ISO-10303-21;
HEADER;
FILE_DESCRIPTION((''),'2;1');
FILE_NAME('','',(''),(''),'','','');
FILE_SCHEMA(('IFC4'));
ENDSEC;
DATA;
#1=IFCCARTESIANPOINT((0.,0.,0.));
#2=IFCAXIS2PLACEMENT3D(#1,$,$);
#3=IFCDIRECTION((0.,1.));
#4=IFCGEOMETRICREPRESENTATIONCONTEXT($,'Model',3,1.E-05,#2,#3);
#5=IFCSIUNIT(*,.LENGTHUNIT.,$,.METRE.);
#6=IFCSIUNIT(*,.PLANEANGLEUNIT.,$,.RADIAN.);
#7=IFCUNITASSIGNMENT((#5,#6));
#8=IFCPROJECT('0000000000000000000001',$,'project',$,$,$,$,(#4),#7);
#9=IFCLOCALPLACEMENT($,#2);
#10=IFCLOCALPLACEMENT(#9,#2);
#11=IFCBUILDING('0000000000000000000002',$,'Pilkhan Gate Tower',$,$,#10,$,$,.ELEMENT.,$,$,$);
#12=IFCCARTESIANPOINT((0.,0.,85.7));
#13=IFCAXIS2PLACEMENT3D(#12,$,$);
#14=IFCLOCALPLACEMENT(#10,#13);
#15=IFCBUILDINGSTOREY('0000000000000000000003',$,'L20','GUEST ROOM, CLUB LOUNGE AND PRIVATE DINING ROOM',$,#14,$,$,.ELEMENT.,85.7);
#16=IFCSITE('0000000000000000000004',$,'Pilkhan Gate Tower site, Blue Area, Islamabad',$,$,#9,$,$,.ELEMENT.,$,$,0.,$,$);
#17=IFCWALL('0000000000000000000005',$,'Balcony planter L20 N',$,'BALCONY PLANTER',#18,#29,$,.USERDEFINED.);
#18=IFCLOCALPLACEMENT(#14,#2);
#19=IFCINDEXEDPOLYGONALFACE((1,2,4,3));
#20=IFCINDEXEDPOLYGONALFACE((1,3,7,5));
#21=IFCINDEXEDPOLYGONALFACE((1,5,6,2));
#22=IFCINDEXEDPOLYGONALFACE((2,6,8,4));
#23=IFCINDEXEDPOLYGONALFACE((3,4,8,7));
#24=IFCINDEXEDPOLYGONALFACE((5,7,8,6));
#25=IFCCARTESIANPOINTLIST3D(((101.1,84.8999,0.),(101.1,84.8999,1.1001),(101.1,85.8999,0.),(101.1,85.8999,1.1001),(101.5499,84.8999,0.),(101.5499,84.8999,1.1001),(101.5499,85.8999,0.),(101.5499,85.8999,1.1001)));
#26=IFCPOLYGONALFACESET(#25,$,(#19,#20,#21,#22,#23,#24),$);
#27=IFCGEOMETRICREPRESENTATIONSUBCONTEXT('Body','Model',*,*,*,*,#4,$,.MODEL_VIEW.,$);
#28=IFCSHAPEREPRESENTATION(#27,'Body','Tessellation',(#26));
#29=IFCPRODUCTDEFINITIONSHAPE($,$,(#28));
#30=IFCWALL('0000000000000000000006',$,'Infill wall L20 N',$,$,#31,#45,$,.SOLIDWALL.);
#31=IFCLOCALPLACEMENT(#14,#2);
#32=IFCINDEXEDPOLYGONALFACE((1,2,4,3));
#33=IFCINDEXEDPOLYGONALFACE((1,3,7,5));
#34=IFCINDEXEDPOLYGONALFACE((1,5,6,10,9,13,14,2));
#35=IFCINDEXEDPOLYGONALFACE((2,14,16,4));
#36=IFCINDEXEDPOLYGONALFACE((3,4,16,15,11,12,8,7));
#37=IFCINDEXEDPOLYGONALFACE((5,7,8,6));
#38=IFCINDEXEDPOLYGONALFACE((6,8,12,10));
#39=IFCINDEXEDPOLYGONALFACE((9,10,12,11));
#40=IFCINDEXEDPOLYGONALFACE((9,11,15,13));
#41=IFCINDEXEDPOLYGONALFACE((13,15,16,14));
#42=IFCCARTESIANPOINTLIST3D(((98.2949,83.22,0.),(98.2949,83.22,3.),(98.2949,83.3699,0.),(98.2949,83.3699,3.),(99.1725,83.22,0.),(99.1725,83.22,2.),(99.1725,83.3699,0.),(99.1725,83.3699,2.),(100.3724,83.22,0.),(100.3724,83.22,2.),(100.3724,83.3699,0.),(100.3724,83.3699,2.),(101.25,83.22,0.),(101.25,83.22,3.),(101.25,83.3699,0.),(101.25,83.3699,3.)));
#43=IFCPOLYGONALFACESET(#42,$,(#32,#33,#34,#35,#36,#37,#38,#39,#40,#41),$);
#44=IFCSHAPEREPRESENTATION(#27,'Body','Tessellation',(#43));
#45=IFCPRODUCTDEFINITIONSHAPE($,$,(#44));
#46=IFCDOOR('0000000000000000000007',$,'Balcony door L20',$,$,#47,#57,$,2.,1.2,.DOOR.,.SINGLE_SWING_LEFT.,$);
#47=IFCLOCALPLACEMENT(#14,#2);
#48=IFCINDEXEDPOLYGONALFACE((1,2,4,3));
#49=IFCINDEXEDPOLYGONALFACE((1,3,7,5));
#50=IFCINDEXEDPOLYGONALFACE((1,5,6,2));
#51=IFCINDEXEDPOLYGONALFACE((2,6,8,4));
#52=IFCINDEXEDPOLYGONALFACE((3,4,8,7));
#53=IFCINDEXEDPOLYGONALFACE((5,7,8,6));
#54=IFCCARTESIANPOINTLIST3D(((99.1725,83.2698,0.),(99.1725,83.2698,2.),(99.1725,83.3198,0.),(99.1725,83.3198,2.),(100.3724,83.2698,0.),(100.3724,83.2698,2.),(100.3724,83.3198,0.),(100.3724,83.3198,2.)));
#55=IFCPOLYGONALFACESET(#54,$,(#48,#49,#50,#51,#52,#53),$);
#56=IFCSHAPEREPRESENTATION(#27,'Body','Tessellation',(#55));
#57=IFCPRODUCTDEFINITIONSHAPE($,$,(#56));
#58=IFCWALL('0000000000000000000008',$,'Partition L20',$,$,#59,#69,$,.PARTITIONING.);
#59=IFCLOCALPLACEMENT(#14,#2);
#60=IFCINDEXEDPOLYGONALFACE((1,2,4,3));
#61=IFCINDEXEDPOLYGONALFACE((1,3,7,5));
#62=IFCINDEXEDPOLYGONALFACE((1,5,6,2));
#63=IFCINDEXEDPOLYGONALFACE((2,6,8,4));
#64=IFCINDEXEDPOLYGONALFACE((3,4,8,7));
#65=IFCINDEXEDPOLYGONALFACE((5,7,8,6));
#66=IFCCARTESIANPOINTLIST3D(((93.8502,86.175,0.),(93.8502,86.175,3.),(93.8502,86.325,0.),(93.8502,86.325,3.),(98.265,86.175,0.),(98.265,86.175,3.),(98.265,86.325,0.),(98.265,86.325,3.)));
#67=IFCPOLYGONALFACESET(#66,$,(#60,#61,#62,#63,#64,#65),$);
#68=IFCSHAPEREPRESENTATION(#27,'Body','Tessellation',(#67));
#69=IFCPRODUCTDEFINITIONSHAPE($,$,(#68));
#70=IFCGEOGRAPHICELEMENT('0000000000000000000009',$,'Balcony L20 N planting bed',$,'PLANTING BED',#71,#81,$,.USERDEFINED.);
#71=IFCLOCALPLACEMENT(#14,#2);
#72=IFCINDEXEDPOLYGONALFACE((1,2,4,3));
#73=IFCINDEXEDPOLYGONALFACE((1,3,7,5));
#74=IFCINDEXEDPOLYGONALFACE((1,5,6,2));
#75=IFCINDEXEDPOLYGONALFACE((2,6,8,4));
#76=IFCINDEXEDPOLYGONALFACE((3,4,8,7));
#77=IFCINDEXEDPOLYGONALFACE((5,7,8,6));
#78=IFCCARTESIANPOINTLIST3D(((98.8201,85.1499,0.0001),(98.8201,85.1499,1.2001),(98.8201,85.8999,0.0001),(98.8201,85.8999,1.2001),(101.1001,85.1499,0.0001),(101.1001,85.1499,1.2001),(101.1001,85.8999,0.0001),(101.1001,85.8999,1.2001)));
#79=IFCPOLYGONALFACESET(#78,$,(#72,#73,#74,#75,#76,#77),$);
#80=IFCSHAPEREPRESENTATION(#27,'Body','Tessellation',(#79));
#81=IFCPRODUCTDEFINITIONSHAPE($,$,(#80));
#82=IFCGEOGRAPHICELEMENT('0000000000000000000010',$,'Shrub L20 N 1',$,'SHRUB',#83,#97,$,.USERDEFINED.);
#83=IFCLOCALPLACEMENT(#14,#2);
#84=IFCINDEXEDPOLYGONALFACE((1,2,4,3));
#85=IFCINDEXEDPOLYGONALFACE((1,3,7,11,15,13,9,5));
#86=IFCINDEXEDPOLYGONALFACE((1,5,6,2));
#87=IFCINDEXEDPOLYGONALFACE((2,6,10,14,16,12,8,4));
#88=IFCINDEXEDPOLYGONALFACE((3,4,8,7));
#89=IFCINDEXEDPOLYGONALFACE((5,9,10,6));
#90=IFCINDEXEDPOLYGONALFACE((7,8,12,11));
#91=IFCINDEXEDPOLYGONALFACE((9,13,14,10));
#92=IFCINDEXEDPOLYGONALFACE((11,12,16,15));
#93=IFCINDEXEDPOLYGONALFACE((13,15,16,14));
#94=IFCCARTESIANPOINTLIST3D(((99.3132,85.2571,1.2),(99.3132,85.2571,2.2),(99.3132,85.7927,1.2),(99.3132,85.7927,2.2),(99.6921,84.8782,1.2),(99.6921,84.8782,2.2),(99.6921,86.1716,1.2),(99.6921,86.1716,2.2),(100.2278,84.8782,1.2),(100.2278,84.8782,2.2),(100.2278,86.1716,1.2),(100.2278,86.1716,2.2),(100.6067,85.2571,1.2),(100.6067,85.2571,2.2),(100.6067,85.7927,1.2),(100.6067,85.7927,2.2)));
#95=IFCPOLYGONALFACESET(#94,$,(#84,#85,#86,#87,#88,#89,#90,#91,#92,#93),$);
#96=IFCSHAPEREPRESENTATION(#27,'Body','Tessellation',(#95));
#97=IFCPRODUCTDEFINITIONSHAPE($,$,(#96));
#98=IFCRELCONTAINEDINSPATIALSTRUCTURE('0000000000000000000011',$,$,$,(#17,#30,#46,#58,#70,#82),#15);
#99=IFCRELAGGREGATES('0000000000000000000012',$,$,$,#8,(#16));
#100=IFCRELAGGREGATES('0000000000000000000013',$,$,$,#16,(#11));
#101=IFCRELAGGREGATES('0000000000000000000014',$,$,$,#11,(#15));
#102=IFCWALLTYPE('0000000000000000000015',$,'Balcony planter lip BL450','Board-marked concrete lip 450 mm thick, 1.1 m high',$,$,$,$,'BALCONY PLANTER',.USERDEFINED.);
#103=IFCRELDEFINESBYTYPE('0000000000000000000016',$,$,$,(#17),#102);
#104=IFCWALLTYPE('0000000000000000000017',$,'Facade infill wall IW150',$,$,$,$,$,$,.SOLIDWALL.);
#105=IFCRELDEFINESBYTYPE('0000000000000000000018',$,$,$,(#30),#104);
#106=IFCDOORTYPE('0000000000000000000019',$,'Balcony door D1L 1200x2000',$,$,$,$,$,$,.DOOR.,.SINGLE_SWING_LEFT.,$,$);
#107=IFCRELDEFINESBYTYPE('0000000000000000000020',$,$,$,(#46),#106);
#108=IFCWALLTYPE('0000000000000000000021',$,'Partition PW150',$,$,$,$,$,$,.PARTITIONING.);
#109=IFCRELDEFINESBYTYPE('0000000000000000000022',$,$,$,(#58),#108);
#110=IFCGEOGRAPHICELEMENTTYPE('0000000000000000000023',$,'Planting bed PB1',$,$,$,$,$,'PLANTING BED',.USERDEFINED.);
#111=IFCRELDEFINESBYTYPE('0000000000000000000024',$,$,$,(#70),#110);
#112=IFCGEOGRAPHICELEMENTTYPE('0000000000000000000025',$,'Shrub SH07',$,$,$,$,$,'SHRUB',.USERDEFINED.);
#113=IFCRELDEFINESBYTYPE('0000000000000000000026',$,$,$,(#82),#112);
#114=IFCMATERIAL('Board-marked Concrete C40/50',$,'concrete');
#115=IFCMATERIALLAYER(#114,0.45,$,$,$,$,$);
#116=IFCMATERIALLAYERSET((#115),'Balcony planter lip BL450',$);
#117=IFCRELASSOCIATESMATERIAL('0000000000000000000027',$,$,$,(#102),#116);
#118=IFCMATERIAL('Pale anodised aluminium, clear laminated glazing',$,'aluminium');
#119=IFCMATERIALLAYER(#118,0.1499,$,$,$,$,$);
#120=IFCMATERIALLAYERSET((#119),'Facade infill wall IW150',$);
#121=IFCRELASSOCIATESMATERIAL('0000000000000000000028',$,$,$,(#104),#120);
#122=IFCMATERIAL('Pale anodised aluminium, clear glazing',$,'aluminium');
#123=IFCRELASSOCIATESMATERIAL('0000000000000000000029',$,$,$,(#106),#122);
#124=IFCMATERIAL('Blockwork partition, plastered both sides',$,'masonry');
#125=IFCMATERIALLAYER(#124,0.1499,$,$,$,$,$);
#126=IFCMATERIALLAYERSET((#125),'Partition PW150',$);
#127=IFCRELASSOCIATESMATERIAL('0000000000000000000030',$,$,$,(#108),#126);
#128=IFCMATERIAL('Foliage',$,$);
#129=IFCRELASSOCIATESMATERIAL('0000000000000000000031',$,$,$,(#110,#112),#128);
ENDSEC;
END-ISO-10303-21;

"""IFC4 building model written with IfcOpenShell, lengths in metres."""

from ifc_helpers import new_model, si_unit, direction, frame, frame_2d, origin, origin_2d, place, context, subcontext, project, spatial, polyline, rectangle, outline, extrude, material, layer, layer_set, material_profile, profile_set, type_object, element, fill, save


model = new_model("IFC4")

# Units and contexts
model_context = context("Model", 3, precision=1e-05, world=origin(), true_north=direction((0.0, 1.0)))
body_context = subcontext(model_context, "Body", "Model", "MODEL_VIEW")
ifc_project = project(units=[si_unit("LENGTHUNIT", "METRE"), si_unit("PLANEANGLEUNIT", "RADIAN")], contexts=[model_context])

# Site, building, storey
site_placement = place(None, origin())
site = spatial("IfcSite", under=ifc_project, at=site_placement, Name="Pilkhan Gate Tower site, Blue Area, Islamabad", CompositionType="ELEMENT", RefElevation=0.0)
building_placement = place(site_placement, origin())
building = spatial("IfcBuilding", under=site, at=building_placement, Name="Pilkhan Gate Tower", CompositionType="ELEMENT")
storey_placement = place(building_placement, frame((0.0, 0.0, 85.7)))
storey = spatial("IfcBuildingStorey", under=building, at=storey_placement, Name="L20", Description="GUEST ROOM, CLUB LOUNGE AND PRIVATE DINING ROOM", CompositionType="ELEMENT", Elevation=85.7)

# Wall
ifc_material_1 = material(Name="Board-marked Concrete C40/50", Category="concrete")
ifc_layer_1 = layer(ifc_material_1, 0.45)
ifc_layer_set_1 = layer_set([ifc_layer_1], Name="Balcony planter lip BL450")
wall_type_1 = type_object("IfcWallType", Name="Balcony planter lip BL450", Description="Board-marked concrete lip 450 mm thick, 1.1 m high", ElementType="BALCONY PLANTER", PredefinedType="USERDEFINED", material=ifc_layer_set_1)
for number, where, z_axis, x_axis, name in (
    (1, (101.325, 84.8999, 0.0), (0.0, 0.0, 1.0), (0.0, 1.0, 0.0), "Balcony planter L20 N"),
):
    element("IfcWall", number, at=place(storey_placement, frame(where, z_axis=z_axis, x_axis=x_axis)), inside=storey, type_object=wall_type_1, Name=name, ObjectType="BALCONY PLANTER", PredefinedType="USERDEFINED", context=body_context, shape_type="SweptSolid", body=[
        extrude(rectangle(XDim=1.0, YDim=0.45, at=frame_2d((0.5, 0.0))), origin(), (0.0, 0.0, 1.0), 1.1001),
    ])

# Wall, opening, door
ifc_material_2 = material(Name="Pale anodised aluminium, clear laminated glazing", Category="aluminium")
ifc_layer_2 = layer(ifc_material_2, 0.1499)
ifc_layer_set_2 = layer_set([ifc_layer_2], Name="Facade infill wall IW150")
wall_type_2 = type_object("IfcWallType", Name="Facade infill wall IW150", PredefinedType="SOLIDWALL", material=ifc_layer_set_2)
wall_1_placement = place(storey_placement, frame((98.2949, 83.2949, 0.0), z_axis=(0.0, 0.0, 1.0), x_axis=(1.0, 0.0, 0.0)))
wall_1 = element("IfcWall", 2, at=wall_1_placement, inside=storey, type_object=wall_type_2, Name="Infill wall L20 N", PredefinedType="SOLIDWALL", context=body_context, shape_type="SweptSolid", body=[
    extrude(rectangle(XDim=2.9551, YDim=0.1499, at=frame_2d((1.4775, 0.0))), origin(), (0.0, 0.0, 1.0), 3.0),
])
opening_placement = place(wall_1_placement, frame((0.8774, 0.0, 0.0)))
opening = element("IfcOpeningElement", 3, at=opening_placement, cuts=wall_1, PredefinedType="OPENING", context=body_context, shape_type="SweptSolid", body=[
    extrude(rectangle(XDim=1.2, YDim=2.0, at=frame_2d((0.6001, 1.0))), frame((0.0, 0.085, 0.0), z_axis=(0.0, -1.0, 0.0), x_axis=(1.0, 0.0, 0.0)), (0.0, 0.0, 1.0), 0.1699),
])
ifc_material_3 = material(Name="Pale anodised aluminium, clear glazing", Category="aluminium")
door_type = type_object("IfcDoorType", Name="Balcony door D1L 1200x2000", OperationType="SINGLE_SWING_LEFT", PredefinedType="DOOR", material=ifc_material_3)
door_placement = place(opening_placement, origin())
door = element("IfcDoor", 4, at=door_placement, inside=storey, type_object=door_type, Name="Balcony door L20", OperationType="SINGLE_SWING_LEFT", OverallHeight=2.0, OverallWidth=1.2, PredefinedType="DOOR", context=body_context, shape_type="SweptSolid", body=[
    extrude(rectangle(XDim=1.2, YDim=2.0, at=frame_2d((0.6001, 1.0))), frame((0.0, 0.0249, 0.0), z_axis=(0.0, -1.0, 0.0), x_axis=(1.0, 0.0, 0.0)), (0.0, 0.0, 1.0), 0.05),
])
fill(opening, door)

# Wall
ifc_material_4 = material(Name="Blockwork partition, plastered both sides", Category="masonry")
ifc_layer_3 = layer(ifc_material_4, 0.1499)
ifc_layer_set_3 = layer_set([ifc_layer_3], Name="Partition PW150")
wall_type_3 = type_object("IfcWallType", Name="Partition PW150", PredefinedType="PARTITIONING", material=ifc_layer_set_3)
wall_2_placement = place(storey_placement, frame((93.8501, 86.25, 0.0), z_axis=(0.0, 0.0, 1.0), x_axis=(1.0, 0.0, 0.0)))
element("IfcWall", 5, at=wall_2_placement, inside=storey, type_object=wall_type_3, Name="Partition L20", PredefinedType="PARTITIONING", context=body_context, shape_type="SweptSolid", body=[
    extrude(rectangle(XDim=4.4148, YDim=0.1499, at=frame_2d((2.2075, 0.0))), origin(), (0.0, 0.0, 1.0), 3.0),
])

# Geographic elements
ifc_material_5 = material(Name="Foliage")
ifc_material_profile_1 = material_profile(ifc_material_5, rectangle(XDim=0.75, YDim=1.2, at=origin_2d()), Name="Bed 750x1200")
ifc_profile_set_1 = profile_set([ifc_material_profile_1], Name="Foliage")
geographic_element_type_1 = type_object("IfcGeographicElementType", Name="Planting bed PB1", ElementType="PLANTING BED", PredefinedType="USERDEFINED", material=ifc_profile_set_1)
geographic_element_1_placement = place(storey_placement, frame((98.8201, 85.5249, 0.6001), z_axis=(1.0, 0.0, 0.0), x_axis=(0.0, 1.0, 0.0)))
element("IfcGeographicElement", 6, at=geographic_element_1_placement, inside=storey, type_object=geographic_element_type_1, Name="Balcony L20 N planting bed", ObjectType="PLANTING BED", PredefinedType="USERDEFINED", context=body_context, shape_type="SweptSolid", body=[
    extrude(rectangle(XDim=0.75, YDim=1.2, at=origin_2d()), origin(), (0.0, 0.0, 1.0), 2.28),
])
ifc_material_profile_2 = material_profile(ifc_material_5, outline(polyline([(0.6467, 0.2678), (0.2678, 0.6467), (-0.2678, 0.6467), (-0.6467, 0.2678), (-0.6467, -0.2678), (-0.2678, -0.6467), (0.2678, -0.6467), (0.6467, -0.2678), (0.6467, 0.2678)])), Name="Shrub D1.4")
ifc_profile_set_2 = profile_set([ifc_material_profile_2], Name="Foliage")
geographic_element_type_2 = type_object("IfcGeographicElementType", Name="Shrub SH07", ElementType="SHRUB", PredefinedType="USERDEFINED", material=ifc_profile_set_2)
geographic_element_2_placement = place(storey_placement, frame((99.96, 85.5249, 1.2), z_axis=(0.0, 0.0, 1.0), x_axis=(1.0, 0.0, 0.0)))
element("IfcGeographicElement", 7, at=geographic_element_2_placement, inside=storey, type_object=geographic_element_type_2, Name="Shrub L20 N 1", ObjectType="SHRUB", PredefinedType="USERDEFINED", context=body_context, shape_type="SweptSolid", body=[
    extrude(outline(polyline([(0.6467, 0.2678), (0.2678, 0.6467), (-0.2678, 0.6467), (-0.6467, 0.2678), (-0.6467, -0.2678), (-0.2678, -0.6467), (0.2678, -0.6467), (0.6467, -0.2678), (0.6467, 0.2678)])), origin(), (0.0, 0.0, 1.0), 1.0),
])

save(model, "model.ifc")
